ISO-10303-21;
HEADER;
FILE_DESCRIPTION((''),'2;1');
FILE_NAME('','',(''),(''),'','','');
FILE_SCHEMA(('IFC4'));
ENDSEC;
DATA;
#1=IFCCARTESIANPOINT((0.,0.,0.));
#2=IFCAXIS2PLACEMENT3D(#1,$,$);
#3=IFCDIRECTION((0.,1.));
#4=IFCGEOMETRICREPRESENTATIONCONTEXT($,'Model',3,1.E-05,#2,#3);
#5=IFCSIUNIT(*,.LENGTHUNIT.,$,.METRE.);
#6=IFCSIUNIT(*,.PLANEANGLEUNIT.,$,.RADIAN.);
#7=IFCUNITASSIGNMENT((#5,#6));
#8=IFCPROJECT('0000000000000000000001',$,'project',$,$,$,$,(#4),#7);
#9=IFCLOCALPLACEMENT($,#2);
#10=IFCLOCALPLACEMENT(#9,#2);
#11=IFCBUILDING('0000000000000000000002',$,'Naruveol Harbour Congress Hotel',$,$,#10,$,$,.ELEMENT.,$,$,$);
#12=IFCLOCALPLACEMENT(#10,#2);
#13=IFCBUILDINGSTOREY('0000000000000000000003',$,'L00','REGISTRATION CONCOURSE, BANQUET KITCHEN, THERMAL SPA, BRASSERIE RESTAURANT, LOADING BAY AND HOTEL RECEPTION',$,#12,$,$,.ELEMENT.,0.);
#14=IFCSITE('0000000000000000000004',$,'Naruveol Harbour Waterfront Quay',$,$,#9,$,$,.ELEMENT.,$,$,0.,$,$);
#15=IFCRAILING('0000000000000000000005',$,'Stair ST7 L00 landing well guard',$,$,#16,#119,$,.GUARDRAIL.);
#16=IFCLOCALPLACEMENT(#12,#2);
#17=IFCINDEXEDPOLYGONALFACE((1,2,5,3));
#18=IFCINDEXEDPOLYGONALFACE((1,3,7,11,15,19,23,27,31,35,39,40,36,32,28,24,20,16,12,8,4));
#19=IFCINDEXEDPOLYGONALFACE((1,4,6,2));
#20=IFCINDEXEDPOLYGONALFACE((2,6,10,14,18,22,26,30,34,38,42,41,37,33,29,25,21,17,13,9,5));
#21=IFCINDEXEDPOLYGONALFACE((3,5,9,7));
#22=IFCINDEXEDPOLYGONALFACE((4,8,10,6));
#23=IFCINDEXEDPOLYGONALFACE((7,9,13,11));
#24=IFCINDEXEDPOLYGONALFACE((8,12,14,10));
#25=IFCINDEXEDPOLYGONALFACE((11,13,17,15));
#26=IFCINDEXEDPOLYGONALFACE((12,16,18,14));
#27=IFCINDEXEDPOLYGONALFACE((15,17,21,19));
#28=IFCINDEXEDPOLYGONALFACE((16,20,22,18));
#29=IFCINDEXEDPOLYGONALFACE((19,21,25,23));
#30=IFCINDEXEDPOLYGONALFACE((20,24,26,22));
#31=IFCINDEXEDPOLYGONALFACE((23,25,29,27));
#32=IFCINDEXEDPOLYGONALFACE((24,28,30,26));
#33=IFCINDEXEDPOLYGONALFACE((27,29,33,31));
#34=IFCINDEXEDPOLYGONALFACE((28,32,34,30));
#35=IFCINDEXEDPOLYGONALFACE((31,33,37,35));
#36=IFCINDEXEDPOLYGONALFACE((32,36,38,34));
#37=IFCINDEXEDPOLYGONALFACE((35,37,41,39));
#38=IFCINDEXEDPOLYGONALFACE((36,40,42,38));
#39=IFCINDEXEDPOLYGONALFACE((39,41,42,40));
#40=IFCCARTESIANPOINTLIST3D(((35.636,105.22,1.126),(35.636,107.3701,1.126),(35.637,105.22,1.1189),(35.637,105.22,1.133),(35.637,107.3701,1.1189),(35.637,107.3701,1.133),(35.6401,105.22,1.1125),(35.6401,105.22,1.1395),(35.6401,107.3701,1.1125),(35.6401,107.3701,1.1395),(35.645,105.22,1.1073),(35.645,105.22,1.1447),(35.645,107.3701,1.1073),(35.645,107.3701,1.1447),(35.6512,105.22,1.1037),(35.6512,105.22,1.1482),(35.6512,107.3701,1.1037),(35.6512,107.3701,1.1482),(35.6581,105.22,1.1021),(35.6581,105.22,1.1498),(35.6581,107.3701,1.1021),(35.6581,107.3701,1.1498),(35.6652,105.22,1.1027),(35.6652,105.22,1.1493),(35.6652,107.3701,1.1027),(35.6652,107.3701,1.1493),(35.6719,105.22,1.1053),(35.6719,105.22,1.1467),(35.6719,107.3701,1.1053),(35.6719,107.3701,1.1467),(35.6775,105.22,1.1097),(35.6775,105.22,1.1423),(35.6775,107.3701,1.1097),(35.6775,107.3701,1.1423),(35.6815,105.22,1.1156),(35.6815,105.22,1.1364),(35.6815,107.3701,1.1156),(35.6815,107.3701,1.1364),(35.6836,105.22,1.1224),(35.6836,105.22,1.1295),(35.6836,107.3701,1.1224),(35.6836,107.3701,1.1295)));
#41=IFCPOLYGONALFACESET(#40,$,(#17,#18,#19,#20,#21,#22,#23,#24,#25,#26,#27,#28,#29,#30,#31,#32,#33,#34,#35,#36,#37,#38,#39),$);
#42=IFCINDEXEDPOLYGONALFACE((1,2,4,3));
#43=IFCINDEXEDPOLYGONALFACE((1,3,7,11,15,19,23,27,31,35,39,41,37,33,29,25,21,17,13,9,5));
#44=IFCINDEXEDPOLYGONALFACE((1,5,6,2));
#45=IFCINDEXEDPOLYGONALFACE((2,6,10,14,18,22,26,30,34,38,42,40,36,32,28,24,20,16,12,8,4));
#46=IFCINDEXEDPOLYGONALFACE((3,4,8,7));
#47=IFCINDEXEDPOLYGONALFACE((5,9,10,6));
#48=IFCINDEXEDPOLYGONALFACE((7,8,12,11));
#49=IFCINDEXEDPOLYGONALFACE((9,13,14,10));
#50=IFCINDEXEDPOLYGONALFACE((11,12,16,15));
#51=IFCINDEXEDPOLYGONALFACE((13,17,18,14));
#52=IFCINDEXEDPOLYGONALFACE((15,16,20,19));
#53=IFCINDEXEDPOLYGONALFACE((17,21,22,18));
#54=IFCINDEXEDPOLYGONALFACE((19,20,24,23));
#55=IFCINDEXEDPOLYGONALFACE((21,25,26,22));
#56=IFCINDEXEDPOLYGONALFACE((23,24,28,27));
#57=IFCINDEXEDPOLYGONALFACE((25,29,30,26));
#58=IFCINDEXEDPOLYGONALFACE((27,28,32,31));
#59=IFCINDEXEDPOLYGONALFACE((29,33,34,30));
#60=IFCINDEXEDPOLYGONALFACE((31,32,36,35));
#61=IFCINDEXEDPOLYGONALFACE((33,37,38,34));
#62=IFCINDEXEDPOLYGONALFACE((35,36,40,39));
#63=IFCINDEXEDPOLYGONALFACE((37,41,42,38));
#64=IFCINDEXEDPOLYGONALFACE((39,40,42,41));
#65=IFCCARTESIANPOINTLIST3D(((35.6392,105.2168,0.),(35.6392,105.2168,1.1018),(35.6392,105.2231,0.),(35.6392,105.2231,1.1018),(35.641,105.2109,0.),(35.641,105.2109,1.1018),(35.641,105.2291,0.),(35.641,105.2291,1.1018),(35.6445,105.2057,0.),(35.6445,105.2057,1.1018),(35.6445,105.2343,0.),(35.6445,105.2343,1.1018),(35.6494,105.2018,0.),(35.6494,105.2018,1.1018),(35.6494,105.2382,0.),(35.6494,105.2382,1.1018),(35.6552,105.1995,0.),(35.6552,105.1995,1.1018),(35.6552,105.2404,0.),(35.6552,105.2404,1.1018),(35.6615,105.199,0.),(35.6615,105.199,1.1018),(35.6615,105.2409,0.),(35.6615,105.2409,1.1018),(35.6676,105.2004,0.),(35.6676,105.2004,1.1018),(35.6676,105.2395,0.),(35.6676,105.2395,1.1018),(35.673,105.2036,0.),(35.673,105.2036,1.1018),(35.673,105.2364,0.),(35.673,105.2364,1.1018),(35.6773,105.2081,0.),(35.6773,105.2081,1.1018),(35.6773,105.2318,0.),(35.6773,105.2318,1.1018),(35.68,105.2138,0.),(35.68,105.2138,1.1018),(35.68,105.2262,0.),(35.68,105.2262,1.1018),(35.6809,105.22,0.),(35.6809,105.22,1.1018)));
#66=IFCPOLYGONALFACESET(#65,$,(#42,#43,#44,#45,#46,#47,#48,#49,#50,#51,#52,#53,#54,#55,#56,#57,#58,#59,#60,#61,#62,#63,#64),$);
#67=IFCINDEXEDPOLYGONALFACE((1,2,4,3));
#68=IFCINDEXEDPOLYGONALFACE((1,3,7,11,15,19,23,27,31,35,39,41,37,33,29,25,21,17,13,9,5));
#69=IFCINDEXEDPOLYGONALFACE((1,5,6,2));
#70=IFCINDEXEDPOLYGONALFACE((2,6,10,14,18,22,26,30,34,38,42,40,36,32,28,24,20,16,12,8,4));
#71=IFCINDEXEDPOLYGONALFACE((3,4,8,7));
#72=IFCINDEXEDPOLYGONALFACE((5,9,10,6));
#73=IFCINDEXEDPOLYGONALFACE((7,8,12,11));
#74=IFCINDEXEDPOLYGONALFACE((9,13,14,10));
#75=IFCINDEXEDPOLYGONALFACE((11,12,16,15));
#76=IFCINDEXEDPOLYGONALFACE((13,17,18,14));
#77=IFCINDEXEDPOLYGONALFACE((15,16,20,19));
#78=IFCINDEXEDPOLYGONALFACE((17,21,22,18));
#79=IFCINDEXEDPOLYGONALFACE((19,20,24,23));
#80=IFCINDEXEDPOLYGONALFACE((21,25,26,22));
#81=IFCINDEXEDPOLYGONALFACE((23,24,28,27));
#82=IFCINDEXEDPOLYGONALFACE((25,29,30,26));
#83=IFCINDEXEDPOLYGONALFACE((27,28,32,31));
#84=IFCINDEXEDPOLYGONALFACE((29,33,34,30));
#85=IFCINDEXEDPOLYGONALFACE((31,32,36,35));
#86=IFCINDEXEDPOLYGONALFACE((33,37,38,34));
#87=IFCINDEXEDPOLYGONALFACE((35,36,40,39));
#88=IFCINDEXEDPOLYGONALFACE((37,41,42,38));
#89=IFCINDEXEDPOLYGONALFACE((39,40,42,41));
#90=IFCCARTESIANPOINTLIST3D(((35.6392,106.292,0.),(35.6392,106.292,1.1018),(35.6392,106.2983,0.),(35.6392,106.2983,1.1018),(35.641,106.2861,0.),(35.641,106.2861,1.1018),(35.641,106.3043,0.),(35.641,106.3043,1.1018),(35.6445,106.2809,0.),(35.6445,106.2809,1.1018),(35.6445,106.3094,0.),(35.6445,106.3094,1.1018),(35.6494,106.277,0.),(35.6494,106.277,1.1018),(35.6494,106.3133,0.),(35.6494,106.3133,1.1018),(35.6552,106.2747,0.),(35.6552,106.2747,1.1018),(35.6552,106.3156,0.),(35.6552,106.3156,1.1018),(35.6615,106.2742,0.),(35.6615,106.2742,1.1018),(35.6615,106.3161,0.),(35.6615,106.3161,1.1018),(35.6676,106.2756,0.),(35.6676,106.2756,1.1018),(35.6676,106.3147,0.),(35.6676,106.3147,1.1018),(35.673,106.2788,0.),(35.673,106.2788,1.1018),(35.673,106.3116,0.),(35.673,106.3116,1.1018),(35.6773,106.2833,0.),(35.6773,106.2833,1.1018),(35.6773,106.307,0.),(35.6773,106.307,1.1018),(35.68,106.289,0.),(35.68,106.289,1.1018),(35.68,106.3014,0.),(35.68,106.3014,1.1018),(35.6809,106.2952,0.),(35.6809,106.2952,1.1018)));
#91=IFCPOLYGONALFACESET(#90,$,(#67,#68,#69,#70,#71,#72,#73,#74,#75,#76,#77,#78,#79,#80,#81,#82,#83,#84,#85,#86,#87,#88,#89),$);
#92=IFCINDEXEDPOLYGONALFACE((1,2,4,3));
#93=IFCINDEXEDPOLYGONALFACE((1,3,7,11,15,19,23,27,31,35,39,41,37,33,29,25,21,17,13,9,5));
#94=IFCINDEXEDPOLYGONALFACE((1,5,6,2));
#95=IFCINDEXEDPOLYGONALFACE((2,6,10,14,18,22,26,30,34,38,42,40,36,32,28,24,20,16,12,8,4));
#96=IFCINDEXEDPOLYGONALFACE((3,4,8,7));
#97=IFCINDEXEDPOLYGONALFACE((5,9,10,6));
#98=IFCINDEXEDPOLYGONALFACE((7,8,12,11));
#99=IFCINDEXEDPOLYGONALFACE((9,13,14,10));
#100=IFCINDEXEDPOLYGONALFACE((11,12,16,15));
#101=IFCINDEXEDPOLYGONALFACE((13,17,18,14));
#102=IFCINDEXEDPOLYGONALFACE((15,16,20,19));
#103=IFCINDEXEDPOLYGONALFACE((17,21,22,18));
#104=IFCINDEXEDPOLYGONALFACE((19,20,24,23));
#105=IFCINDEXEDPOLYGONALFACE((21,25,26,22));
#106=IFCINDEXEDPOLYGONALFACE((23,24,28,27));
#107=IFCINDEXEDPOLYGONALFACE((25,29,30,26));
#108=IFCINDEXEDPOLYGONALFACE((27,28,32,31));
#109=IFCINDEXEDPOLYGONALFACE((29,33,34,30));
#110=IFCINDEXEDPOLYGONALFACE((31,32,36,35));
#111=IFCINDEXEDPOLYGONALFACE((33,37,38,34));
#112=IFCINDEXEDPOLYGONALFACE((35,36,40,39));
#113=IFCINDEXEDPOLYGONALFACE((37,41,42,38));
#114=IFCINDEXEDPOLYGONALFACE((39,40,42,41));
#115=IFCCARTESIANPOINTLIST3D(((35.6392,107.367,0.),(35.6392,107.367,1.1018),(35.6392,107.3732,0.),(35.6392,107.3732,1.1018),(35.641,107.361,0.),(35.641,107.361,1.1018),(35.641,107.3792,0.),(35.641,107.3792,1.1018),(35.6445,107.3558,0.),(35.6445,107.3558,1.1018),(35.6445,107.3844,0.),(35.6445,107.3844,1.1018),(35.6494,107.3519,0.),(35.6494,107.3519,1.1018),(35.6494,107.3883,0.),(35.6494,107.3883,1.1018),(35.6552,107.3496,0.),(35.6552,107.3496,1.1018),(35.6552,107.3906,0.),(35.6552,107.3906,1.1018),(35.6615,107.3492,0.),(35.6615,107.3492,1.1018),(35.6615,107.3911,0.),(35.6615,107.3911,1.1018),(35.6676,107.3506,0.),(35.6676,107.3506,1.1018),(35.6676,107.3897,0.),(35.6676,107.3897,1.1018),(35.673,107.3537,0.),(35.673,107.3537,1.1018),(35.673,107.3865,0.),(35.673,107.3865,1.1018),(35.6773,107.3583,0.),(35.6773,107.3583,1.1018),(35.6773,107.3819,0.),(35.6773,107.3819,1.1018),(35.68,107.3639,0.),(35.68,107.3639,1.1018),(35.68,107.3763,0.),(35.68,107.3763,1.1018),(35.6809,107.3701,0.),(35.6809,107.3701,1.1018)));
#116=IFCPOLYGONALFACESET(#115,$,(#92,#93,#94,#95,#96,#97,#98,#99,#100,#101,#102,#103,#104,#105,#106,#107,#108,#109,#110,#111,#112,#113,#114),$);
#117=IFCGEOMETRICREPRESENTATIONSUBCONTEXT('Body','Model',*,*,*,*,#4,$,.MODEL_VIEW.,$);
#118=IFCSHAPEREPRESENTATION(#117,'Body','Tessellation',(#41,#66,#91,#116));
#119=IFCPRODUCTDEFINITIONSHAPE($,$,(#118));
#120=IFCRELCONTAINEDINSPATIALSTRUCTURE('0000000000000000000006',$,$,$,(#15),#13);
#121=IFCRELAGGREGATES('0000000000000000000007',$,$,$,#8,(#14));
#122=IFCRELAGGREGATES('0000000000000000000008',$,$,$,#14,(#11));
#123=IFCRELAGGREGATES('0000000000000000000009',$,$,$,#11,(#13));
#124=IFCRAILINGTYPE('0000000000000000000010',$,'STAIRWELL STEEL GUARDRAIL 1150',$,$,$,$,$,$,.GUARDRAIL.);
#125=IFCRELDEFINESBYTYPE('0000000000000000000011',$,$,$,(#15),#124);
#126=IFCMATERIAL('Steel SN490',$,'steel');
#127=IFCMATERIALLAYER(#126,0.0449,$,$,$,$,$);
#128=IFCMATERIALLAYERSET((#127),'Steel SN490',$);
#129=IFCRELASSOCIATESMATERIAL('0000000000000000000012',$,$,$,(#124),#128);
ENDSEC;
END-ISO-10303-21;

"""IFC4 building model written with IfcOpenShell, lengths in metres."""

from ifc_helpers import new_model, si_unit, direction, frame, origin, origin_2d, place, context, subcontext, project, spatial, circle, extrude, material, layer, layer_set, type_object, element, save


model = new_model("IFC4")

# Units and contexts
model_context = context("Model", 3, precision=1e-05, world=origin(), true_north=direction((0.0, 1.0)))
body_context = subcontext(model_context, "Body", "Model", "MODEL_VIEW")
ifc_project = project(units=[si_unit("LENGTHUNIT", "METRE"), si_unit("PLANEANGLEUNIT", "RADIAN")], contexts=[model_context])

# Site, building, storey
site_placement = place(None, origin())
site = spatial("IfcSite", under=ifc_project, at=site_placement, Name="Naruveol Harbour Waterfront Quay", CompositionType="ELEMENT", RefElevation=0.0)
building_placement = place(site_placement, origin())
building = spatial("IfcBuilding", under=site, at=building_placement, Name="Naruveol Harbour Congress Hotel", CompositionType="ELEMENT")
storey_placement = place(building_placement, origin())
storey = spatial("IfcBuildingStorey", under=building, at=storey_placement, Name="L00", Description="REGISTRATION CONCOURSE, BANQUET KITCHEN, THERMAL SPA, BRASSERIE RESTAURANT, LOADING BAY AND HOTEL RECEPTION", CompositionType="ELEMENT", Elevation=0.0)

# Railing
ifc_material_1 = material(Name="Steel SN490", Category="steel")
ifc_layer_1 = layer(ifc_material_1, 0.0449)
ifc_layer_set_1 = layer_set([ifc_layer_1], Name="Steel SN490")
railing_type_1 = type_object("IfcRailingType", Name="STAIRWELL STEEL GUARDRAIL 1150", PredefinedType="GUARDRAIL", material=ifc_layer_set_1)
railing_1_placement = place(storey_placement, frame((35.6599, 105.22, 0.0)))
element("IfcRailing", 1, at=railing_1_placement, inside=storey, type_object=railing_type_1, Name="Stair ST7 L00 landing well guard", PredefinedType="GUARDRAIL", context=body_context, shape_type="SweptSolid", body=[
    extrude(circle(Radius=0.0239, at=origin_2d()), frame((0.0, 0.0, 1.126), z_axis=(0.0, 1.0, 0.0), x_axis=(-1.0, 0.0, 0.0)), (0.0, 0.0, 1.0), 2.1501),
    extrude(circle(Radius=0.021, at=origin_2d()), origin(), (0.0, 0.0, 1.0), 1.1018),
    extrude(circle(Radius=0.021, at=origin_2d()), frame((0.0, 1.0752, 0.0)), (0.0, 0.0, 1.0), 1.1018),
    extrude(circle(Radius=0.021, at=origin_2d()), frame((0.0, 2.1501, 0.0)), (0.0, 0.0, 1.0), 1.1018),
])

save(model, "model.ifc")
